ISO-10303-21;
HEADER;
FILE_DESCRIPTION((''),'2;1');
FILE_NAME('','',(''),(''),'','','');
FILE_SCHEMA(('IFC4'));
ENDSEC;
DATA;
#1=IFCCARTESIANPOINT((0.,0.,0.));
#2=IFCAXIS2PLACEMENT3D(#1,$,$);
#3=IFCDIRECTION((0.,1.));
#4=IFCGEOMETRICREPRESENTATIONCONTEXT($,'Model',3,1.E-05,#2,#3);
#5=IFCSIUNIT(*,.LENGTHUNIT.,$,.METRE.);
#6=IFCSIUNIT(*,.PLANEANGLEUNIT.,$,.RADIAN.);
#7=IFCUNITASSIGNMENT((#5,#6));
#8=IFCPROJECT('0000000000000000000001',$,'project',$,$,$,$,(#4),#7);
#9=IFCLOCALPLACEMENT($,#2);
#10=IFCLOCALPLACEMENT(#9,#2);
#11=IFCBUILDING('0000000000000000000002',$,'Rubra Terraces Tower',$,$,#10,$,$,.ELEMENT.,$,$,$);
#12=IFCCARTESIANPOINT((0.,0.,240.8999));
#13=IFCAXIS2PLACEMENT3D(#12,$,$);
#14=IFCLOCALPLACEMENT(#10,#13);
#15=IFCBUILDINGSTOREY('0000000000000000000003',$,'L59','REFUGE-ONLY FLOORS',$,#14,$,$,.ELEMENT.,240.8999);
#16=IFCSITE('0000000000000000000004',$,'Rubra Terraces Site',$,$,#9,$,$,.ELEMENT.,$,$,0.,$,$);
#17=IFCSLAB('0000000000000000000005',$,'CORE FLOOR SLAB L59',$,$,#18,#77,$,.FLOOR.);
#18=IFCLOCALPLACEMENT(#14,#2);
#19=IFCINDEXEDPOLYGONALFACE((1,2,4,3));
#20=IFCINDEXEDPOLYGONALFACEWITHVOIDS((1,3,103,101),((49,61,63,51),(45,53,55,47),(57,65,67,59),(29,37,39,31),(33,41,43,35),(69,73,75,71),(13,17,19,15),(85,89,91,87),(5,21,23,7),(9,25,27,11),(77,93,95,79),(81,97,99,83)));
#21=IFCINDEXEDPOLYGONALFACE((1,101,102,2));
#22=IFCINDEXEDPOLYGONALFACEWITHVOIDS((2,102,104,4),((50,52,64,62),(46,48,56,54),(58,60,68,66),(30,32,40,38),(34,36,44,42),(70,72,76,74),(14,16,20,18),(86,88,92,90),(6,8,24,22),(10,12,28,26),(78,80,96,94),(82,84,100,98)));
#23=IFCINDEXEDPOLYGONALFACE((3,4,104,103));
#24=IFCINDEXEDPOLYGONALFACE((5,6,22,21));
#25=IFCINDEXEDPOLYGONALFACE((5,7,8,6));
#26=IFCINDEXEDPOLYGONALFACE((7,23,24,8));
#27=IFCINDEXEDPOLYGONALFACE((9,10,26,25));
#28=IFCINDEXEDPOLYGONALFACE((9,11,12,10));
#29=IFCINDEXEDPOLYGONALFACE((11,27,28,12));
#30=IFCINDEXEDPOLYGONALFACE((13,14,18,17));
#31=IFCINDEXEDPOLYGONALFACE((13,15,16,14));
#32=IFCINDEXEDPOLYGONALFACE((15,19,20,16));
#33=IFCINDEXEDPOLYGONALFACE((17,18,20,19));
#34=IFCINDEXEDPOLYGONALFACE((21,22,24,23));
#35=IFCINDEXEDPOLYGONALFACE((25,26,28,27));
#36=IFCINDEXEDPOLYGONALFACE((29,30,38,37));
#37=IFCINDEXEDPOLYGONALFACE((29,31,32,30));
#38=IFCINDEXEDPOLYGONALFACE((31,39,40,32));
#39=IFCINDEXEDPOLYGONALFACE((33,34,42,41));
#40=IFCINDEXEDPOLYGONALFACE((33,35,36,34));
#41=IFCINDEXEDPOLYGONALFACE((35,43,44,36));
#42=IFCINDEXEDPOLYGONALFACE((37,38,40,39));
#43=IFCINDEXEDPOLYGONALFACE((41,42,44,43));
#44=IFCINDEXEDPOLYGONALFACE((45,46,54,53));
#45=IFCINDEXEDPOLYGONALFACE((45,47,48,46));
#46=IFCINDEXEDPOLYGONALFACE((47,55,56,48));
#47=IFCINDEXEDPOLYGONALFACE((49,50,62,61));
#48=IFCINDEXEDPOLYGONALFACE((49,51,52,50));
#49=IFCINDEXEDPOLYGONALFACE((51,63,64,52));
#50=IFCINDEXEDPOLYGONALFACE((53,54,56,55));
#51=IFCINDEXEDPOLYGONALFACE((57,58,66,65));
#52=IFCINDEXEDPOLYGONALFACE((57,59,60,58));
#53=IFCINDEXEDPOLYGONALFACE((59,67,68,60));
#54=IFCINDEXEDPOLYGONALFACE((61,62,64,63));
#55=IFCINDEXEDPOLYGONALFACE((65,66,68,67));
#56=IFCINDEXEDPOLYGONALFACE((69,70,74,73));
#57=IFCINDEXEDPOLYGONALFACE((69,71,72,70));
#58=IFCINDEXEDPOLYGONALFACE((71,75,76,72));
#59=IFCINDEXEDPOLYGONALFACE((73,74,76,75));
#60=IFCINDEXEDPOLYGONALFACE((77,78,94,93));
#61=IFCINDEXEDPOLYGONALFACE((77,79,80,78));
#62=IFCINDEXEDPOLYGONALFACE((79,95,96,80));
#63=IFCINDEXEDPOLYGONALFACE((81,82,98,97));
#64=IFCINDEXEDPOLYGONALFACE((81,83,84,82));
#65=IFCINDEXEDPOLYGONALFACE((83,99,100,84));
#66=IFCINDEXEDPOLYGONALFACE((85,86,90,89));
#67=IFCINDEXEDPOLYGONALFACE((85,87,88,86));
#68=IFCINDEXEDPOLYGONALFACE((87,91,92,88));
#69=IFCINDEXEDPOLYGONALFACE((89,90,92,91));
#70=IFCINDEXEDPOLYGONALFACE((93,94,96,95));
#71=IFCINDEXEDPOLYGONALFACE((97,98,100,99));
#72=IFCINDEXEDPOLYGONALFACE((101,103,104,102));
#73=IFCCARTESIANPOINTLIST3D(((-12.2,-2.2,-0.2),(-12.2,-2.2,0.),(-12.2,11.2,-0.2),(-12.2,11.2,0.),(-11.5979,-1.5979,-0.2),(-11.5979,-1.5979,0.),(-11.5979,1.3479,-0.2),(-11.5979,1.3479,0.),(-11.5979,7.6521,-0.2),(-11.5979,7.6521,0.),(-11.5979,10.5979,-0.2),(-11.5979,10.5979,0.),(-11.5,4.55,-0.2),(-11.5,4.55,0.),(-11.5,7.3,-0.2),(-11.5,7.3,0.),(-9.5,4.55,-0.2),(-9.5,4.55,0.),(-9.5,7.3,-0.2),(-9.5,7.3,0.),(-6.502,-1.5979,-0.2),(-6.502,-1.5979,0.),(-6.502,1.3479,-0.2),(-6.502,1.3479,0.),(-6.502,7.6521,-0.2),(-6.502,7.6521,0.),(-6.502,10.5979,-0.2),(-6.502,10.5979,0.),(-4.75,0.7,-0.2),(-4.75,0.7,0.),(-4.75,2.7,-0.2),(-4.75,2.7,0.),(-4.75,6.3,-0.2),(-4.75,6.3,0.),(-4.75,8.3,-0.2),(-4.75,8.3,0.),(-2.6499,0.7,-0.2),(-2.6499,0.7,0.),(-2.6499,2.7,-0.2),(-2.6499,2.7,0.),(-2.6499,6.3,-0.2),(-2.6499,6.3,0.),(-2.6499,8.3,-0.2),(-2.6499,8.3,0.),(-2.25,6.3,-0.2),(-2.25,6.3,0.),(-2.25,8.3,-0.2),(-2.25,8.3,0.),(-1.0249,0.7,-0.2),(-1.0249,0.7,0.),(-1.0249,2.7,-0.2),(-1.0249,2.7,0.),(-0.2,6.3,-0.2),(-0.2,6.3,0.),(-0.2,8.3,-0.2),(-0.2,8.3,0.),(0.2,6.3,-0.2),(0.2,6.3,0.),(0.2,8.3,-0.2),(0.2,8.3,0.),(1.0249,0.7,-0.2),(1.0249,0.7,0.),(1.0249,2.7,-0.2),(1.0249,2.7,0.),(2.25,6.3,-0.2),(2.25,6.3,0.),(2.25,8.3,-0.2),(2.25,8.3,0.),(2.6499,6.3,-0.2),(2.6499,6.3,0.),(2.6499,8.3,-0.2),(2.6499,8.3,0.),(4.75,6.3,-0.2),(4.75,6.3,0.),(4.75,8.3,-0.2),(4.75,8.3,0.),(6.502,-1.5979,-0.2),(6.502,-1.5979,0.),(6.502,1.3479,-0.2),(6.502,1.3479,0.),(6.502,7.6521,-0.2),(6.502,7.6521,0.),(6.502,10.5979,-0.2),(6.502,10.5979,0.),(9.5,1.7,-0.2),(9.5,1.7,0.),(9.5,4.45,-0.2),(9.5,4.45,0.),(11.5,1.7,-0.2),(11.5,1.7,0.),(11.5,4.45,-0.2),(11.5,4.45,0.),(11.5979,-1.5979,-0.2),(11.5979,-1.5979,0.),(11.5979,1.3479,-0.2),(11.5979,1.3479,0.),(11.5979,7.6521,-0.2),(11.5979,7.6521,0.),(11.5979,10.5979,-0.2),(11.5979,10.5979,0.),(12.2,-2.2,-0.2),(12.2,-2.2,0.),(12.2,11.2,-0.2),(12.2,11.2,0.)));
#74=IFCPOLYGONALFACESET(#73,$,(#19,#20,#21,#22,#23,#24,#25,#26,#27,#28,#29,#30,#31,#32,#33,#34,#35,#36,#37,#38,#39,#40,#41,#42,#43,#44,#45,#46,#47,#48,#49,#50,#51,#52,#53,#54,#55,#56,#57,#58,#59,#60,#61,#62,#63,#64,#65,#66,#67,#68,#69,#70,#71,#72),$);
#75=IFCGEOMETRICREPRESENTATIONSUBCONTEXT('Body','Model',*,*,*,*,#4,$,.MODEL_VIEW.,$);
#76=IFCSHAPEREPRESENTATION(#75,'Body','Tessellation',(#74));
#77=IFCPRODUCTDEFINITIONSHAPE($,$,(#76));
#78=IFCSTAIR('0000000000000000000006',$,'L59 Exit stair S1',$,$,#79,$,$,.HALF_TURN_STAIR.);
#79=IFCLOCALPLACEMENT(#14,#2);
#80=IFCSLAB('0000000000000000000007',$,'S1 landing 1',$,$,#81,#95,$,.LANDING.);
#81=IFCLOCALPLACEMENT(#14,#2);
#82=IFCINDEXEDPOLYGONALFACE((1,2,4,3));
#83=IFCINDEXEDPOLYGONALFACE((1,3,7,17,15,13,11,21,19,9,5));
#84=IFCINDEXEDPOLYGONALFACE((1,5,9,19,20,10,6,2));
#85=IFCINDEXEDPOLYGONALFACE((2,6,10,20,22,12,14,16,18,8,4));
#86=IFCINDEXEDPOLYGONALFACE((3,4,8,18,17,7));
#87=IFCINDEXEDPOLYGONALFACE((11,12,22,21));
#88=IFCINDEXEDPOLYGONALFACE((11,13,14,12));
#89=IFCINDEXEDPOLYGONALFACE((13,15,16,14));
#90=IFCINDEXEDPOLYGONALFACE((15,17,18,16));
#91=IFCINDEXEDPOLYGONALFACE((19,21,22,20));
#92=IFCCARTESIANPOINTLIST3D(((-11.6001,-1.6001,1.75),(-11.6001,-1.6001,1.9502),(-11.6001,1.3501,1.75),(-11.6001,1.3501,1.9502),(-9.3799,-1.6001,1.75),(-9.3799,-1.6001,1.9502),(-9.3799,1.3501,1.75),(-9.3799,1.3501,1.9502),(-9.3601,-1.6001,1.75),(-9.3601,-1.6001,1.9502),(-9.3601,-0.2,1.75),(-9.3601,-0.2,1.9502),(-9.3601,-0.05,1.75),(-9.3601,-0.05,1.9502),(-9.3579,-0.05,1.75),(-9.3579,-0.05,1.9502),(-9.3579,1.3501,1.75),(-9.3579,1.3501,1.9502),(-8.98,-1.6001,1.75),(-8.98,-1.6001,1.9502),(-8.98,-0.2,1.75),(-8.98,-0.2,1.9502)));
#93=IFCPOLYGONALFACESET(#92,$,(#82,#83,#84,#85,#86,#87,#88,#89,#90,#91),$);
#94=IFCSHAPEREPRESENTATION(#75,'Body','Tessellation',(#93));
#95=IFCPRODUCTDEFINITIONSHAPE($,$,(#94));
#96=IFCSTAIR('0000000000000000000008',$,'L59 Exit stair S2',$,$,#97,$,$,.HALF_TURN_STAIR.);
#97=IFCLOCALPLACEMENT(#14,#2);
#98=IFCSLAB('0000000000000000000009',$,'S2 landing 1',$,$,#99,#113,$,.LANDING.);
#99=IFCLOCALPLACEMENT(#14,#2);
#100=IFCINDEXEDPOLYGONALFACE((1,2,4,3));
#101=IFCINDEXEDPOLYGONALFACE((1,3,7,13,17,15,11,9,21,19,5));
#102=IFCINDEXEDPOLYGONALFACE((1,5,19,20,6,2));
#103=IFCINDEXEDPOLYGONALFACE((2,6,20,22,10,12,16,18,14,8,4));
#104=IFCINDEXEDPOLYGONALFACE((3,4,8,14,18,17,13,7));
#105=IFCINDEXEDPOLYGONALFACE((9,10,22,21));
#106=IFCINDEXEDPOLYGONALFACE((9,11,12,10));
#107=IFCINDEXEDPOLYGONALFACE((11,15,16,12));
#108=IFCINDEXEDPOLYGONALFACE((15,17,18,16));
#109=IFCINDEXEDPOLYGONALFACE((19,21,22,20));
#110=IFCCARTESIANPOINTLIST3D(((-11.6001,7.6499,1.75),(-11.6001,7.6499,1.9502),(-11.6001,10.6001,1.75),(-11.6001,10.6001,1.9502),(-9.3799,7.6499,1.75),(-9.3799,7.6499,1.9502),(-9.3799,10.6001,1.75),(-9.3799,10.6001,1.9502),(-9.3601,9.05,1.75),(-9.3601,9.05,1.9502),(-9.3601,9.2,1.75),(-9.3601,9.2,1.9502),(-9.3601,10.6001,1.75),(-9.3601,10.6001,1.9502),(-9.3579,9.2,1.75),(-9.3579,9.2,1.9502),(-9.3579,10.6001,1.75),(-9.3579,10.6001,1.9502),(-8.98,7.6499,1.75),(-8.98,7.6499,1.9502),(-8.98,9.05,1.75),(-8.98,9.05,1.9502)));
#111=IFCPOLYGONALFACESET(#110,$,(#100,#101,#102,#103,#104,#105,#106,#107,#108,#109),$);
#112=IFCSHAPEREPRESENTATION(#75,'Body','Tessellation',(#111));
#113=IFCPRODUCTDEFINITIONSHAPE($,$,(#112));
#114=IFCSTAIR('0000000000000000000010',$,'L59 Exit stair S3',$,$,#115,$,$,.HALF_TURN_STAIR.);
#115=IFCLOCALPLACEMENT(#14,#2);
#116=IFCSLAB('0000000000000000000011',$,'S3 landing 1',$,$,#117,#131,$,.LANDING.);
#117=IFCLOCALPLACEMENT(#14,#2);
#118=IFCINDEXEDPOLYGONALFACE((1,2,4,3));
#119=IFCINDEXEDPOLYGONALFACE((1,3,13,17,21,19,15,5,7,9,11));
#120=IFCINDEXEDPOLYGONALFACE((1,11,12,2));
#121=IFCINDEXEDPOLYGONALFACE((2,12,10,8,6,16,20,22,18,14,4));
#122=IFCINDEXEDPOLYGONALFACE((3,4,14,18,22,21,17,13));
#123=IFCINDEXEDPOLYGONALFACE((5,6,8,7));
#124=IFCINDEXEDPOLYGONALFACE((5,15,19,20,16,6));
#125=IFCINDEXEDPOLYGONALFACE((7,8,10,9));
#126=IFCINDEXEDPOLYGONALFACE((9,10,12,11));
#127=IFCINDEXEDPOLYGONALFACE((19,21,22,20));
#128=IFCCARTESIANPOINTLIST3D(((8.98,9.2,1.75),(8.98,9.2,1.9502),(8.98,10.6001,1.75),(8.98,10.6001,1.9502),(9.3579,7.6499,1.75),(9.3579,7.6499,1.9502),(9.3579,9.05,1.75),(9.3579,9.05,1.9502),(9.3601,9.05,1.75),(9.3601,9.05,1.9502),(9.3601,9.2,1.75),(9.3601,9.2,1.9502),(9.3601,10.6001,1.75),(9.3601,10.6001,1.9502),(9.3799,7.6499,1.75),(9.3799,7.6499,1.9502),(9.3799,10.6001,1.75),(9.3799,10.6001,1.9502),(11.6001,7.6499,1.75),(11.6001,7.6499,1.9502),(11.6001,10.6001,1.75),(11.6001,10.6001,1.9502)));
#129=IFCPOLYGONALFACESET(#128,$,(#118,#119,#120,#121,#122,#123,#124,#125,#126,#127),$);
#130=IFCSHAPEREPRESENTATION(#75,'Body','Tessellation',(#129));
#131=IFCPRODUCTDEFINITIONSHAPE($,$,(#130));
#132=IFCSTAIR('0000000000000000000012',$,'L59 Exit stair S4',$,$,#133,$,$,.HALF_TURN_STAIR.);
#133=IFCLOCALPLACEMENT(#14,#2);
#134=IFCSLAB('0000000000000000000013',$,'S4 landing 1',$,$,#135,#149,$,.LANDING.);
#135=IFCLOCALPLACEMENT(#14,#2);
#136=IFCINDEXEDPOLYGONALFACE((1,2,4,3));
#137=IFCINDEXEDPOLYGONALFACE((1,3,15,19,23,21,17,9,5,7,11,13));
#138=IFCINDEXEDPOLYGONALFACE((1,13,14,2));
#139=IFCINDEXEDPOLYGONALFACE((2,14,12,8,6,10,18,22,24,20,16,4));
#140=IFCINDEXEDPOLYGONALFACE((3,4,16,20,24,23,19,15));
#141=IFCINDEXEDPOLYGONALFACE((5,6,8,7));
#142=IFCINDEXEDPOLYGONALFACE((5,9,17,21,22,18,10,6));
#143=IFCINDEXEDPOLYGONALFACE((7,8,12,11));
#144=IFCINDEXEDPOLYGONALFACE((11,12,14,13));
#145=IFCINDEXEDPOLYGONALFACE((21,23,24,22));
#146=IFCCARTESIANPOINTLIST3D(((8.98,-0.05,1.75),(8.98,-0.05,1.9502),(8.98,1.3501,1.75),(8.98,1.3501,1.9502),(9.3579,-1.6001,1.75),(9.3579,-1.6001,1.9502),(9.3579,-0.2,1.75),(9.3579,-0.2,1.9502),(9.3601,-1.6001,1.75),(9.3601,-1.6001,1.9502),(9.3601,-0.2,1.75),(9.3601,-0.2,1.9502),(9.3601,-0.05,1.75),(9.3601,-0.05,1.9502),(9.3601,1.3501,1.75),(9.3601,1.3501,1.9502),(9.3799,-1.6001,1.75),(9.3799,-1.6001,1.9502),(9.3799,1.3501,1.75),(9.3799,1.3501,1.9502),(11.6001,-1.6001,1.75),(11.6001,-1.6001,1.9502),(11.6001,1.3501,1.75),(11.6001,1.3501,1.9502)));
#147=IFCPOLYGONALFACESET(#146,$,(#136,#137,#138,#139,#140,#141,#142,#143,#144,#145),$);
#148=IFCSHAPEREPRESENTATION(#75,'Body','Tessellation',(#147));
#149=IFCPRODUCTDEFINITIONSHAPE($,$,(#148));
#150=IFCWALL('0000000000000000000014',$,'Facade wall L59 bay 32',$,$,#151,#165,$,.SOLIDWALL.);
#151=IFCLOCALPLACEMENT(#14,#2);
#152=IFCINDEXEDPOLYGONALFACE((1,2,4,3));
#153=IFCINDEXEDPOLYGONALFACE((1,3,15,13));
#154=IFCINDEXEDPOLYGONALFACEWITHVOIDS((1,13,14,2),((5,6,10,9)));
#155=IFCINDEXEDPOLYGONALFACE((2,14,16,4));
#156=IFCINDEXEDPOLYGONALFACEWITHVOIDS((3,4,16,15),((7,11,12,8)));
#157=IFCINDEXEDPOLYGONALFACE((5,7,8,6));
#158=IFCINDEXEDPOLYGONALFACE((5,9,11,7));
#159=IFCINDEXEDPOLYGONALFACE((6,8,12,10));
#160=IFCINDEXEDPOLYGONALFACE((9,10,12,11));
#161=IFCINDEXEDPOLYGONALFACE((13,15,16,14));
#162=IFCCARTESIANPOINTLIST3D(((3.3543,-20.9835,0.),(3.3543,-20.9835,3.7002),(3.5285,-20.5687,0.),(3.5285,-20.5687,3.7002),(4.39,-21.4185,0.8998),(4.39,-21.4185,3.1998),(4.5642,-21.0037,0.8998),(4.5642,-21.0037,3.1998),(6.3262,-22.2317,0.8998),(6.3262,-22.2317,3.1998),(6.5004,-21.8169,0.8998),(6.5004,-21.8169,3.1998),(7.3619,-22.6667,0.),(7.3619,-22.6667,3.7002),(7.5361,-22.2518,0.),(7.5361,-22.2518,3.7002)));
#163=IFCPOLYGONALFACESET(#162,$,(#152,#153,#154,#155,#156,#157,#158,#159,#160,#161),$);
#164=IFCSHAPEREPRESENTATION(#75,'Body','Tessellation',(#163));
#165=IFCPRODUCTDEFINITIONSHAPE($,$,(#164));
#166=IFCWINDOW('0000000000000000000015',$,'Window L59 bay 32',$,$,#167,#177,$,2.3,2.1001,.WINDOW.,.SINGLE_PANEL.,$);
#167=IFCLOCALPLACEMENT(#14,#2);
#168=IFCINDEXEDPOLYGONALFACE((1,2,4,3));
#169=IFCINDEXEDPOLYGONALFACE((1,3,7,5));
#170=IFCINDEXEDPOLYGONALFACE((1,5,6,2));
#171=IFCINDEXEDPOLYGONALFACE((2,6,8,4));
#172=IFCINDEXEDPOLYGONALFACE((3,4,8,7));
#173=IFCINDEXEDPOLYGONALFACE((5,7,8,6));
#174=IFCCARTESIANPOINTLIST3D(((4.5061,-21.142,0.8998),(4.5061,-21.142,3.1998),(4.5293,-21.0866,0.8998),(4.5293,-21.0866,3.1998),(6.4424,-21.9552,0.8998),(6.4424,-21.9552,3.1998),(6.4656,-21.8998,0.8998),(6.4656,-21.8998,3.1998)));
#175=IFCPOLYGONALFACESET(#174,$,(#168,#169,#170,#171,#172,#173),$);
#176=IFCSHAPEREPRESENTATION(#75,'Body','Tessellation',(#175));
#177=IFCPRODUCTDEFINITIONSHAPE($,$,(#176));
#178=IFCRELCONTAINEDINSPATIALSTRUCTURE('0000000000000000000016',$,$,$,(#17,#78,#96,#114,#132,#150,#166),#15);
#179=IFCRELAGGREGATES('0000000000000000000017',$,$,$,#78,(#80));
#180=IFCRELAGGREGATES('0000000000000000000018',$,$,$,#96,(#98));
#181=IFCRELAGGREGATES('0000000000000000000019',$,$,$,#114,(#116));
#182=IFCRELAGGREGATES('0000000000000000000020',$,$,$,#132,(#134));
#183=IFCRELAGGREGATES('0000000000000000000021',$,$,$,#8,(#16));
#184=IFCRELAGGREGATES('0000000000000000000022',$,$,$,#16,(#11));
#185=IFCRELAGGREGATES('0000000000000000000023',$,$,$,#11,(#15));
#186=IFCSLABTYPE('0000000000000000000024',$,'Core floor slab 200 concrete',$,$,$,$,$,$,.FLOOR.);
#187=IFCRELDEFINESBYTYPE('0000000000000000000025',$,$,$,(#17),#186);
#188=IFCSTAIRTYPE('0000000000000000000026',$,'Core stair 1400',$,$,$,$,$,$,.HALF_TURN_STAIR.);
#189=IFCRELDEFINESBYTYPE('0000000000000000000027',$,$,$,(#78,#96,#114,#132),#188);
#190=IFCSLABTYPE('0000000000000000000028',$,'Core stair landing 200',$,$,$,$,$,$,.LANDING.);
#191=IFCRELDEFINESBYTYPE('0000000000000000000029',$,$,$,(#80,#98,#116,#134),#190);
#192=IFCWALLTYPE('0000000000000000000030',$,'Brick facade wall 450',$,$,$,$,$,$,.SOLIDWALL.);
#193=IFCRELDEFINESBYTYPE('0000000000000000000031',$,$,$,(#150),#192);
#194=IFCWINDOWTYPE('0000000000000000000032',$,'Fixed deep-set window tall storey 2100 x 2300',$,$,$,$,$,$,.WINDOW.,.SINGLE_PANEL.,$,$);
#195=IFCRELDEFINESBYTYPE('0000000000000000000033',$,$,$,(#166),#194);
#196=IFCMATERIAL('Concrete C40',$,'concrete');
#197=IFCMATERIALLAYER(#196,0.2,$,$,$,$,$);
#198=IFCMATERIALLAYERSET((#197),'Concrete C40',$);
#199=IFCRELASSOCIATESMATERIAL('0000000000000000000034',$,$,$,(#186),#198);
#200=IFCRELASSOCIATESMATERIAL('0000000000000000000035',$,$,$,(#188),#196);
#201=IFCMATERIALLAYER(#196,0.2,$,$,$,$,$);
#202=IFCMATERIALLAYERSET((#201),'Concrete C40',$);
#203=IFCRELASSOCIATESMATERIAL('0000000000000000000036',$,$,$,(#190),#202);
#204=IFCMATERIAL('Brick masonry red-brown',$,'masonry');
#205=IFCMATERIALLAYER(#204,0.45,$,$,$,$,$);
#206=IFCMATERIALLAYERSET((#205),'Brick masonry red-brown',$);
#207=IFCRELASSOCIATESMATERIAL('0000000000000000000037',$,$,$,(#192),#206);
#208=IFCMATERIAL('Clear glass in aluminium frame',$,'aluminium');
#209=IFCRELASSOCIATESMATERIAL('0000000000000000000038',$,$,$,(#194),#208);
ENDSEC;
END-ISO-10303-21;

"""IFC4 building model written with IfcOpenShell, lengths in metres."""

from ifc_helpers import new_model, si_unit, direction, frame, frame_2d, origin, place, context, subcontext, project, spatial, polyline, rectangle, outline, extrude, material, layer, layer_set, type_object, element, fill, aggregate, save


model = new_model("IFC4")

# Units and contexts
model_context = context("Model", 3, precision=1e-05, world=origin(), true_north=direction((0.0, 1.0)))
body_context = subcontext(model_context, "Body", "Model", "MODEL_VIEW")
ifc_project = project(units=[si_unit("LENGTHUNIT", "METRE"), si_unit("PLANEANGLEUNIT", "RADIAN")], contexts=[model_context])

# Site, building, storey
site_placement = place(None, origin())
site = spatial("IfcSite", under=ifc_project, at=site_placement, Name="Rubra Terraces Site", CompositionType="ELEMENT", RefElevation=0.0)
building_placement = place(site_placement, origin())
building = spatial("IfcBuilding", under=site, at=building_placement, Name="Rubra Terraces Tower", CompositionType="ELEMENT")
storey_placement = place(building_placement, frame((0.0, 0.0, 240.8999)))
storey = spatial("IfcBuildingStorey", under=building, at=storey_placement, Name="L59", Description="REFUGE-ONLY FLOORS", CompositionType="ELEMENT", Elevation=240.8999)

# Slab
ifc_material_1 = material(Name="Concrete C40", Category="concrete")
ifc_layer_1 = layer(ifc_material_1, 0.2)
ifc_layer_set_1 = layer_set([ifc_layer_1], Name="Concrete C40")
slab_type_1 = type_object("IfcSlabType", Name="Core floor slab 200 concrete", PredefinedType="FLOOR", material=ifc_layer_set_1)
slab_1_placement = place(storey_placement, frame((0.0, 0.0, -0.2)))
element("IfcSlab", 1, at=slab_1_placement, inside=storey, type_object=slab_type_1, Name="CORE FLOOR SLAB L59", PredefinedType="FLOOR", context=body_context, shape_type="SweptSolid", body=[
    extrude(outline(polyline([(-12.2, -2.2), (-12.2, 11.2), (12.2, 11.2), (12.2, -2.2), (-12.2, -2.2)]), holes=[polyline([(11.5979, 1.3479), (6.502, 1.3479), (6.502, -1.5979), (11.5979, -1.5979), (11.5979, 1.3479)]), polyline([(11.5979, 7.6521), (11.5979, 10.5979), (6.502, 10.5979), (6.502, 7.6521), (11.5979, 7.6521)]), polyline([(9.5, 1.7), (11.5, 1.7), (11.5, 4.45), (9.5, 4.45), (9.5, 1.7)]), polyline([(4.75, 6.3), (4.75, 8.3), (2.6499, 8.3), (2.6499, 6.3), (4.75, 6.3)]), polyline([(2.25, 8.3), (0.2, 8.3), (0.2, 6.3), (2.25, 6.3), (2.25, 8.3)]), polyline([(1.0249, 0.7), (1.0249, 2.7), (-1.0249, 2.7), (-1.0249, 0.7), (1.0249, 0.7)]), polyline([(-0.2, 6.3), (-0.2, 8.3), (-2.25, 8.3), (-2.25, 6.3), (-0.2, 6.3)]), polyline([(-4.75, 8.3), (-4.75, 6.3), (-2.6499, 6.3), (-2.6499, 8.3), (-4.75, 8.3)]), polyline([(-2.6499, 0.7), (-2.6499, 2.7), (-4.75, 2.7), (-4.75, 0.7), (-2.6499, 0.7)]), polyline([(-11.5979, -1.5979), (-6.502, -1.5979), (-6.502, 1.3479), (-11.5979, 1.3479), (-11.5979, -1.5979)]), polyline([(-11.5979, 10.5979), (-11.5979, 7.6521), (-6.502, 7.6521), (-6.502, 10.5979), (-11.5979, 10.5979)]), polyline([(-9.5, 4.55), (-9.5, 7.3), (-11.5, 7.3), (-11.5, 4.55), (-9.5, 4.55)])]), origin(), (0.0, 0.0, 1.0), 0.2),
])

# Stairs, slabs
stair_type = type_object("IfcStairType", Name="Core stair 1400", PredefinedType="HALF_TURN_STAIR", material=ifc_material_1)
stair_1_placement = place(storey_placement, origin())
stair_1 = element("IfcStair", 2, at=stair_1_placement, inside=storey, type_object=stair_type, Name="L59 Exit stair S1", PredefinedType="HALF_TURN_STAIR")
ifc_layer_2 = layer(ifc_material_1, 0.2)
ifc_layer_set_2 = layer_set([ifc_layer_2], Name="Concrete C40")
slab_type_2 = type_object("IfcSlabType", Name="Core stair landing 200", PredefinedType="LANDING", material=ifc_layer_set_2)
slab_2_placement = place(storey_placement, frame((0.0, 0.0, 1.75)))
slab_2 = element("IfcSlab", 3, at=slab_2_placement, type_object=slab_type_2, Name="S1 landing 1", PredefinedType="LANDING", context=body_context, shape_type="SweptSolid", body=[
    extrude(outline(polyline([(-8.98, -0.2), (-8.98, -1.6001), (-9.3601, -1.6001), (-9.3799, -1.6001), (-11.6001, -1.6001), (-11.6001, 1.3501), (-9.3799, 1.3501), (-9.3579, 1.3501), (-9.3579, -0.05), (-9.3601, -0.05), (-9.3601, -0.2), (-8.98, -0.2)])), origin(), (0.0, 0.0, 1.0), 0.2002),
])
aggregate(stair_1, [slab_2])
stair_2_placement = place(storey_placement, origin())
stair_2 = element("IfcStair", 4, at=stair_2_placement, inside=storey, type_object=stair_type, Name="L59 Exit stair S2", PredefinedType="HALF_TURN_STAIR")
slab_3_placement = place(storey_placement, frame((0.0, 0.0, 1.75)))
slab_3 = element("IfcSlab", 5, at=slab_3_placement, type_object=slab_type_2, Name="S2 landing 1", PredefinedType="LANDING", context=body_context, shape_type="SweptSolid", body=[
    extrude(outline(polyline([(-8.98, 9.05), (-8.98, 7.6499), (-9.3799, 7.6499), (-11.6001, 7.6499), (-11.6001, 10.6001), (-9.3799, 10.6001), (-9.3601, 10.6001), (-9.3579, 10.6001), (-9.3579, 9.2), (-9.3601, 9.2), (-9.3601, 9.05), (-8.98, 9.05)])), origin(), (0.0, 0.0, 1.0), 0.2002),
])
aggregate(stair_2, [slab_3])
stair_3_placement = place(storey_placement, origin())
stair_3 = element("IfcStair", 6, at=stair_3_placement, inside=storey, type_object=stair_type, Name="L59 Exit stair S3", PredefinedType="HALF_TURN_STAIR")
slab_4_placement = place(storey_placement, frame((0.0, 0.0, 1.75)))
slab_4 = element("IfcSlab", 7, at=slab_4_placement, type_object=slab_type_2, Name="S3 landing 1", PredefinedType="LANDING", context=body_context, shape_type="SweptSolid", body=[
    extrude(outline(polyline([(9.3601, 9.05), (9.3601, 9.2), (8.98, 9.2), (8.98, 10.6001), (9.3601, 10.6001), (9.3799, 10.6001), (11.6001, 10.6001), (11.6001, 7.6499), (9.3799, 7.6499), (9.3579, 7.6499), (9.3579, 9.05), (9.3601, 9.05)])), origin(), (0.0, 0.0, 1.0), 0.2002),
])
aggregate(stair_3, [slab_4])
stair_4_placement = place(storey_placement, origin())
stair_4 = element("IfcStair", 8, at=stair_4_placement, inside=storey, type_object=stair_type, Name="L59 Exit stair S4", PredefinedType="HALF_TURN_STAIR")
slab_5_placement = place(storey_placement, frame((0.0, 0.0, 1.75)))
slab_5 = element("IfcSlab", 9, at=slab_5_placement, type_object=slab_type_2, Name="S4 landing 1", PredefinedType="LANDING", context=body_context, shape_type="SweptSolid", body=[
    extrude(outline(polyline([(9.3601, -0.2), (9.3601, -0.05), (8.98, -0.05), (8.98, 1.3501), (9.3601, 1.3501), (9.3799, 1.3501), (11.6001, 1.3501), (11.6001, -1.6001), (9.3799, -1.6001), (9.3601, -1.6001), (9.3579, -1.6001), (9.3579, -0.2), (9.3601, -0.2)])), origin(), (0.0, 0.0, 1.0), 0.2002),
])

# Wall, opening, window
ifc_material_2 = material(Name="Brick masonry red-brown", Category="masonry")
ifc_layer_3 = layer(ifc_material_2, 0.45)
ifc_layer_set_3 = layer_set([ifc_layer_3], Name="Brick masonry red-brown")
wall_type_1 = type_object("IfcWallType", Name="Brick facade wall 450", PredefinedType="SOLIDWALL", material=ifc_layer_set_3)
wall_1_placement = place(storey_placement, frame((3.4414, -20.7761, 0.0), z_axis=(0.0, 0.0, 1.0), x_axis=(0.921988, -0.387218, 0.0)))
wall_1 = element("IfcWall", 10, at=wall_1_placement, inside=storey, type_object=wall_type_1, Name="Facade wall L59 bay 32", PredefinedType="SOLIDWALL", context=body_context, shape_type="SweptSolid", body=[
    extrude(rectangle(XDim=4.3467, YDim=0.45, at=frame_2d((2.1733, 0.0))), origin(), (0.0, 0.0, 1.0), 3.7002),
])
opening_1_placement = place(wall_1_placement, frame((1.1233, 0.0, 0.8999)))
opening_1 = element("IfcOpeningElement", 11, at=opening_1_placement, cuts=wall_1, PredefinedType="OPENING", context=body_context, shape_type="SweptSolid", body=[
    extrude(rectangle(XDim=2.1001, YDim=2.3, at=frame_2d((1.05, 1.1499))), frame((0.0, 0.2349, 0.0), z_axis=(0.0, -1.0, 0.0), x_axis=(1.0, 0.0, 0.0)), (0.0, 0.0, 1.0), 0.47),
])
ifc_material_3 = material(Name="Clear glass in aluminium frame", Category="aluminium")
window_type = type_object("IfcWindowType", Name="Fixed deep-set window tall storey 2100 x 2300", PartitioningType="SINGLE_PANEL", PredefinedType="WINDOW", material=ifc_material_3)
window_1_placement = place(opening_1_placement, origin())
window_1 = element("IfcWindow", 12, at=window_1_placement, inside=storey, type_object=window_type, Name="Window L59 bay 32", OverallHeight=2.3, OverallWidth=2.1001, PartitioningType="SINGLE_PANEL", PredefinedType="WINDOW", context=body_context, shape_type="SweptSolid", body=[
    extrude(rectangle(XDim=2.1001, YDim=2.3, at=frame_2d((1.05, 1.1499))), frame((0.0, 0.135, 0.0), z_axis=(0.0, -1.0, 0.0), x_axis=(1.0, 0.0, 0.0)), (0.0, 0.0, 1.0), 0.0601),
])
fill(opening_1, window_1)

aggregate(stair_4, [slab_5])

save(model, "model.ifc")
